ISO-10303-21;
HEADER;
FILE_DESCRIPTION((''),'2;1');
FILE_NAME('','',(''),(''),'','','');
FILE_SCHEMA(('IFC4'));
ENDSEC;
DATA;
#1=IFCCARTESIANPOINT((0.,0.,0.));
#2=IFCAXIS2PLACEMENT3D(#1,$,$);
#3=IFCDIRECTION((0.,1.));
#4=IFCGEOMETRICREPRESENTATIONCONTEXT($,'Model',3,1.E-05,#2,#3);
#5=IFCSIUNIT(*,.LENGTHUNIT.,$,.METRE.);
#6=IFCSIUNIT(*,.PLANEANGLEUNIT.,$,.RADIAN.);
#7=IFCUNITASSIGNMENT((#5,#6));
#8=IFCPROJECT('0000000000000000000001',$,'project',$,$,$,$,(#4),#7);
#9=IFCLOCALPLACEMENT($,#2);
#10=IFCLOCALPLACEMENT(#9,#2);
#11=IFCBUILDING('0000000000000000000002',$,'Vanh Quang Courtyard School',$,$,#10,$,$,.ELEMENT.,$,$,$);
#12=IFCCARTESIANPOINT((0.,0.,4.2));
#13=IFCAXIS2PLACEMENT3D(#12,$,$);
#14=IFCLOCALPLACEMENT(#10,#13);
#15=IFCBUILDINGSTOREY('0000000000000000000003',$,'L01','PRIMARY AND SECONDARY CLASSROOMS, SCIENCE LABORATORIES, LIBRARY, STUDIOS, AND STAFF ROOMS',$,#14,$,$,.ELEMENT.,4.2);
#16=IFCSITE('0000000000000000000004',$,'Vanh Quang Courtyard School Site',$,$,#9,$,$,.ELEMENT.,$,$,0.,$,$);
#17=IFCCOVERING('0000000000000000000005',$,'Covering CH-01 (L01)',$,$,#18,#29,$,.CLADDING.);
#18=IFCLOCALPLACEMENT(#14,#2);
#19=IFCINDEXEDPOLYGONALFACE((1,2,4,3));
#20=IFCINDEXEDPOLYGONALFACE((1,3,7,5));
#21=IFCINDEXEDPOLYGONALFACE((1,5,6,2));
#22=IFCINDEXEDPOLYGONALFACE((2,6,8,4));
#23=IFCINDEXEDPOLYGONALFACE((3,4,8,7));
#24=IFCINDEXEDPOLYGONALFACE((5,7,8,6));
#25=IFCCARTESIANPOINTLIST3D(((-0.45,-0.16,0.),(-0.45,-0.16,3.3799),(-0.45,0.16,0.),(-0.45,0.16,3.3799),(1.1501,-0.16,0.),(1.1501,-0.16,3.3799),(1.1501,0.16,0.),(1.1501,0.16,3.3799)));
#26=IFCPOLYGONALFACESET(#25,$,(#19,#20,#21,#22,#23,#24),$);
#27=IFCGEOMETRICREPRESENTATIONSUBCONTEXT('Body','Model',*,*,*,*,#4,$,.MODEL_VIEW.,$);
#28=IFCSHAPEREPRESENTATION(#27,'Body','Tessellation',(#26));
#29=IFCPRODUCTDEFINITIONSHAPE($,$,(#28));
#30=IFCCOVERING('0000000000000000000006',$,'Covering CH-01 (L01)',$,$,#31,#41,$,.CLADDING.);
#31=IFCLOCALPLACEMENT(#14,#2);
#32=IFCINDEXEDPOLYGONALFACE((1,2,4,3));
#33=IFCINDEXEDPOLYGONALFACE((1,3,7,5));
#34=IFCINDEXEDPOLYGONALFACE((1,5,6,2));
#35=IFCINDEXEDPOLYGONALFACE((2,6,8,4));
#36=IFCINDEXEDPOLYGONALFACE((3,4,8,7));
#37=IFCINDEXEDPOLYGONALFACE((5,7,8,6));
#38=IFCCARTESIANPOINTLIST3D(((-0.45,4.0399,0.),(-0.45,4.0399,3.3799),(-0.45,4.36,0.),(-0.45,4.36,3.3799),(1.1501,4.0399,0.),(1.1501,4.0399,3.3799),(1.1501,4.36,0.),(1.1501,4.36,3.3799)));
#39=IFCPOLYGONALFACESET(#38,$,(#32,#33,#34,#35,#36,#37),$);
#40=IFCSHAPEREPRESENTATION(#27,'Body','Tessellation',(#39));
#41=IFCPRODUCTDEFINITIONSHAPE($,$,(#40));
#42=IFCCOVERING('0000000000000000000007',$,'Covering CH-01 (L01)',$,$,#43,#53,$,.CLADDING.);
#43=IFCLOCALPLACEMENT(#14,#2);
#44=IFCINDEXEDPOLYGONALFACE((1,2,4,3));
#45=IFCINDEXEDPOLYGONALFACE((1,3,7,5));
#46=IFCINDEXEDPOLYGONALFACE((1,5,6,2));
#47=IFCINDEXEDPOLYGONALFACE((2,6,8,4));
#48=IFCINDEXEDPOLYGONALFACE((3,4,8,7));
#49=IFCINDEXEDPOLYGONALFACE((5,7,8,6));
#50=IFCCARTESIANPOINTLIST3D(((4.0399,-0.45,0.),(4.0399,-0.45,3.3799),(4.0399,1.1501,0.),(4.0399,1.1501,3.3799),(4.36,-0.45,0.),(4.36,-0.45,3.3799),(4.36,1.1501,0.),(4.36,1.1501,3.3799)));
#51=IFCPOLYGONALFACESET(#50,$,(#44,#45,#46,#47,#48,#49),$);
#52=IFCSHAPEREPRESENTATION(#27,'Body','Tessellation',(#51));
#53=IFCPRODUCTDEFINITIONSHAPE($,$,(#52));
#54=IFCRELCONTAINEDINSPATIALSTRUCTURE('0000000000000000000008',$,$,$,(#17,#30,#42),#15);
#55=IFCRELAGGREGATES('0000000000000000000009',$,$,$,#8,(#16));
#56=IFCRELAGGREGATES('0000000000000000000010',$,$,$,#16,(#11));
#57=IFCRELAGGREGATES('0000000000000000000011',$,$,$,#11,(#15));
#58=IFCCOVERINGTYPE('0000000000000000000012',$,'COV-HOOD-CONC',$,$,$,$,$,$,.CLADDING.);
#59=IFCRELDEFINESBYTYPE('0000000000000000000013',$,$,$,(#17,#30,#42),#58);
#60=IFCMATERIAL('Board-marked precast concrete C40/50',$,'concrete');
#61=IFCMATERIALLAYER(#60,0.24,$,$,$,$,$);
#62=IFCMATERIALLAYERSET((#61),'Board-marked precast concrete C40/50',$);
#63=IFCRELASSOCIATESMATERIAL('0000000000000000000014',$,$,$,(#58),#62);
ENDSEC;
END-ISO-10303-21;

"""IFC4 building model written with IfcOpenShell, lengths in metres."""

from ifc_helpers import new_model, si_unit, direction, frame, origin, origin_2d, place, context, subcontext, project, spatial, rectangle, extrude, material, layer, layer_set, type_object, element, save


model = new_model("IFC4")

# Units and contexts
model_context = context("Model", 3, precision=1e-05, world=origin(), true_north=direction((0.0, 1.0)))
body_context = subcontext(model_context, "Body", "Model", "MODEL_VIEW")
ifc_project = project(units=[si_unit("LENGTHUNIT", "METRE"), si_unit("PLANEANGLEUNIT", "RADIAN")], contexts=[model_context])

# Site, building, storey
site_placement = place(None, origin())
site = spatial("IfcSite", under=ifc_project, at=site_placement, Name="Vanh Quang Courtyard School Site", CompositionType="ELEMENT", RefElevation=0.0)
building_placement = place(site_placement, origin())
building = spatial("IfcBuilding", under=site, at=building_placement, Name="Vanh Quang Courtyard School", CompositionType="ELEMENT")
storey_placement = place(building_placement, frame((0.0, 0.0, 4.2)))
storey = spatial("IfcBuildingStorey", under=building, at=storey_placement, Name="L01", Description="PRIMARY AND SECONDARY CLASSROOMS, SCIENCE LABORATORIES, LIBRARY, STUDIOS, AND STAFF ROOMS", CompositionType="ELEMENT", Elevation=4.2)

# Coverings
ifc_material_1 = material(Name="Board-marked precast concrete C40/50", Category="concrete")
ifc_layer_1 = layer(ifc_material_1, 0.24)
ifc_layer_set_1 = layer_set([ifc_layer_1], Name="Board-marked precast concrete C40/50")
covering_type_1 = type_object("IfcCoveringType", Name="COV-HOOD-CONC", PredefinedType="CLADDING", material=ifc_layer_set_1)
for number, where, z_axis, x_axis, name in (
    (1, (0.3501, 0.0, 0.0), (0.0, 0.0, 1.0), (1.0, 0.0, 0.0), "Covering CH-01 (L01)"),
    (2, (0.3501, 4.2, 0.0), (0.0, 0.0, 1.0), (1.0, 0.0, 0.0), "Covering CH-01 (L01)"),
    (3, (4.2, 0.3501, 0.0), (0.0, 0.0, 1.0), (0.0, 1.0, 0.0), "Covering CH-01 (L01)"),
):
    element("IfcCovering", number, at=place(storey_placement, frame(where, z_axis=z_axis, x_axis=x_axis)), inside=storey, type_object=covering_type_1, Name=name, PredefinedType="CLADDING", context=body_context, shape_type="SweptSolid", body=[
        extrude(rectangle(XDim=1.6001, YDim=0.3201, at=origin_2d()), origin(), (0.0, 0.0, 1.0), 3.3799),
    ])

save(model, "model.ifc")
